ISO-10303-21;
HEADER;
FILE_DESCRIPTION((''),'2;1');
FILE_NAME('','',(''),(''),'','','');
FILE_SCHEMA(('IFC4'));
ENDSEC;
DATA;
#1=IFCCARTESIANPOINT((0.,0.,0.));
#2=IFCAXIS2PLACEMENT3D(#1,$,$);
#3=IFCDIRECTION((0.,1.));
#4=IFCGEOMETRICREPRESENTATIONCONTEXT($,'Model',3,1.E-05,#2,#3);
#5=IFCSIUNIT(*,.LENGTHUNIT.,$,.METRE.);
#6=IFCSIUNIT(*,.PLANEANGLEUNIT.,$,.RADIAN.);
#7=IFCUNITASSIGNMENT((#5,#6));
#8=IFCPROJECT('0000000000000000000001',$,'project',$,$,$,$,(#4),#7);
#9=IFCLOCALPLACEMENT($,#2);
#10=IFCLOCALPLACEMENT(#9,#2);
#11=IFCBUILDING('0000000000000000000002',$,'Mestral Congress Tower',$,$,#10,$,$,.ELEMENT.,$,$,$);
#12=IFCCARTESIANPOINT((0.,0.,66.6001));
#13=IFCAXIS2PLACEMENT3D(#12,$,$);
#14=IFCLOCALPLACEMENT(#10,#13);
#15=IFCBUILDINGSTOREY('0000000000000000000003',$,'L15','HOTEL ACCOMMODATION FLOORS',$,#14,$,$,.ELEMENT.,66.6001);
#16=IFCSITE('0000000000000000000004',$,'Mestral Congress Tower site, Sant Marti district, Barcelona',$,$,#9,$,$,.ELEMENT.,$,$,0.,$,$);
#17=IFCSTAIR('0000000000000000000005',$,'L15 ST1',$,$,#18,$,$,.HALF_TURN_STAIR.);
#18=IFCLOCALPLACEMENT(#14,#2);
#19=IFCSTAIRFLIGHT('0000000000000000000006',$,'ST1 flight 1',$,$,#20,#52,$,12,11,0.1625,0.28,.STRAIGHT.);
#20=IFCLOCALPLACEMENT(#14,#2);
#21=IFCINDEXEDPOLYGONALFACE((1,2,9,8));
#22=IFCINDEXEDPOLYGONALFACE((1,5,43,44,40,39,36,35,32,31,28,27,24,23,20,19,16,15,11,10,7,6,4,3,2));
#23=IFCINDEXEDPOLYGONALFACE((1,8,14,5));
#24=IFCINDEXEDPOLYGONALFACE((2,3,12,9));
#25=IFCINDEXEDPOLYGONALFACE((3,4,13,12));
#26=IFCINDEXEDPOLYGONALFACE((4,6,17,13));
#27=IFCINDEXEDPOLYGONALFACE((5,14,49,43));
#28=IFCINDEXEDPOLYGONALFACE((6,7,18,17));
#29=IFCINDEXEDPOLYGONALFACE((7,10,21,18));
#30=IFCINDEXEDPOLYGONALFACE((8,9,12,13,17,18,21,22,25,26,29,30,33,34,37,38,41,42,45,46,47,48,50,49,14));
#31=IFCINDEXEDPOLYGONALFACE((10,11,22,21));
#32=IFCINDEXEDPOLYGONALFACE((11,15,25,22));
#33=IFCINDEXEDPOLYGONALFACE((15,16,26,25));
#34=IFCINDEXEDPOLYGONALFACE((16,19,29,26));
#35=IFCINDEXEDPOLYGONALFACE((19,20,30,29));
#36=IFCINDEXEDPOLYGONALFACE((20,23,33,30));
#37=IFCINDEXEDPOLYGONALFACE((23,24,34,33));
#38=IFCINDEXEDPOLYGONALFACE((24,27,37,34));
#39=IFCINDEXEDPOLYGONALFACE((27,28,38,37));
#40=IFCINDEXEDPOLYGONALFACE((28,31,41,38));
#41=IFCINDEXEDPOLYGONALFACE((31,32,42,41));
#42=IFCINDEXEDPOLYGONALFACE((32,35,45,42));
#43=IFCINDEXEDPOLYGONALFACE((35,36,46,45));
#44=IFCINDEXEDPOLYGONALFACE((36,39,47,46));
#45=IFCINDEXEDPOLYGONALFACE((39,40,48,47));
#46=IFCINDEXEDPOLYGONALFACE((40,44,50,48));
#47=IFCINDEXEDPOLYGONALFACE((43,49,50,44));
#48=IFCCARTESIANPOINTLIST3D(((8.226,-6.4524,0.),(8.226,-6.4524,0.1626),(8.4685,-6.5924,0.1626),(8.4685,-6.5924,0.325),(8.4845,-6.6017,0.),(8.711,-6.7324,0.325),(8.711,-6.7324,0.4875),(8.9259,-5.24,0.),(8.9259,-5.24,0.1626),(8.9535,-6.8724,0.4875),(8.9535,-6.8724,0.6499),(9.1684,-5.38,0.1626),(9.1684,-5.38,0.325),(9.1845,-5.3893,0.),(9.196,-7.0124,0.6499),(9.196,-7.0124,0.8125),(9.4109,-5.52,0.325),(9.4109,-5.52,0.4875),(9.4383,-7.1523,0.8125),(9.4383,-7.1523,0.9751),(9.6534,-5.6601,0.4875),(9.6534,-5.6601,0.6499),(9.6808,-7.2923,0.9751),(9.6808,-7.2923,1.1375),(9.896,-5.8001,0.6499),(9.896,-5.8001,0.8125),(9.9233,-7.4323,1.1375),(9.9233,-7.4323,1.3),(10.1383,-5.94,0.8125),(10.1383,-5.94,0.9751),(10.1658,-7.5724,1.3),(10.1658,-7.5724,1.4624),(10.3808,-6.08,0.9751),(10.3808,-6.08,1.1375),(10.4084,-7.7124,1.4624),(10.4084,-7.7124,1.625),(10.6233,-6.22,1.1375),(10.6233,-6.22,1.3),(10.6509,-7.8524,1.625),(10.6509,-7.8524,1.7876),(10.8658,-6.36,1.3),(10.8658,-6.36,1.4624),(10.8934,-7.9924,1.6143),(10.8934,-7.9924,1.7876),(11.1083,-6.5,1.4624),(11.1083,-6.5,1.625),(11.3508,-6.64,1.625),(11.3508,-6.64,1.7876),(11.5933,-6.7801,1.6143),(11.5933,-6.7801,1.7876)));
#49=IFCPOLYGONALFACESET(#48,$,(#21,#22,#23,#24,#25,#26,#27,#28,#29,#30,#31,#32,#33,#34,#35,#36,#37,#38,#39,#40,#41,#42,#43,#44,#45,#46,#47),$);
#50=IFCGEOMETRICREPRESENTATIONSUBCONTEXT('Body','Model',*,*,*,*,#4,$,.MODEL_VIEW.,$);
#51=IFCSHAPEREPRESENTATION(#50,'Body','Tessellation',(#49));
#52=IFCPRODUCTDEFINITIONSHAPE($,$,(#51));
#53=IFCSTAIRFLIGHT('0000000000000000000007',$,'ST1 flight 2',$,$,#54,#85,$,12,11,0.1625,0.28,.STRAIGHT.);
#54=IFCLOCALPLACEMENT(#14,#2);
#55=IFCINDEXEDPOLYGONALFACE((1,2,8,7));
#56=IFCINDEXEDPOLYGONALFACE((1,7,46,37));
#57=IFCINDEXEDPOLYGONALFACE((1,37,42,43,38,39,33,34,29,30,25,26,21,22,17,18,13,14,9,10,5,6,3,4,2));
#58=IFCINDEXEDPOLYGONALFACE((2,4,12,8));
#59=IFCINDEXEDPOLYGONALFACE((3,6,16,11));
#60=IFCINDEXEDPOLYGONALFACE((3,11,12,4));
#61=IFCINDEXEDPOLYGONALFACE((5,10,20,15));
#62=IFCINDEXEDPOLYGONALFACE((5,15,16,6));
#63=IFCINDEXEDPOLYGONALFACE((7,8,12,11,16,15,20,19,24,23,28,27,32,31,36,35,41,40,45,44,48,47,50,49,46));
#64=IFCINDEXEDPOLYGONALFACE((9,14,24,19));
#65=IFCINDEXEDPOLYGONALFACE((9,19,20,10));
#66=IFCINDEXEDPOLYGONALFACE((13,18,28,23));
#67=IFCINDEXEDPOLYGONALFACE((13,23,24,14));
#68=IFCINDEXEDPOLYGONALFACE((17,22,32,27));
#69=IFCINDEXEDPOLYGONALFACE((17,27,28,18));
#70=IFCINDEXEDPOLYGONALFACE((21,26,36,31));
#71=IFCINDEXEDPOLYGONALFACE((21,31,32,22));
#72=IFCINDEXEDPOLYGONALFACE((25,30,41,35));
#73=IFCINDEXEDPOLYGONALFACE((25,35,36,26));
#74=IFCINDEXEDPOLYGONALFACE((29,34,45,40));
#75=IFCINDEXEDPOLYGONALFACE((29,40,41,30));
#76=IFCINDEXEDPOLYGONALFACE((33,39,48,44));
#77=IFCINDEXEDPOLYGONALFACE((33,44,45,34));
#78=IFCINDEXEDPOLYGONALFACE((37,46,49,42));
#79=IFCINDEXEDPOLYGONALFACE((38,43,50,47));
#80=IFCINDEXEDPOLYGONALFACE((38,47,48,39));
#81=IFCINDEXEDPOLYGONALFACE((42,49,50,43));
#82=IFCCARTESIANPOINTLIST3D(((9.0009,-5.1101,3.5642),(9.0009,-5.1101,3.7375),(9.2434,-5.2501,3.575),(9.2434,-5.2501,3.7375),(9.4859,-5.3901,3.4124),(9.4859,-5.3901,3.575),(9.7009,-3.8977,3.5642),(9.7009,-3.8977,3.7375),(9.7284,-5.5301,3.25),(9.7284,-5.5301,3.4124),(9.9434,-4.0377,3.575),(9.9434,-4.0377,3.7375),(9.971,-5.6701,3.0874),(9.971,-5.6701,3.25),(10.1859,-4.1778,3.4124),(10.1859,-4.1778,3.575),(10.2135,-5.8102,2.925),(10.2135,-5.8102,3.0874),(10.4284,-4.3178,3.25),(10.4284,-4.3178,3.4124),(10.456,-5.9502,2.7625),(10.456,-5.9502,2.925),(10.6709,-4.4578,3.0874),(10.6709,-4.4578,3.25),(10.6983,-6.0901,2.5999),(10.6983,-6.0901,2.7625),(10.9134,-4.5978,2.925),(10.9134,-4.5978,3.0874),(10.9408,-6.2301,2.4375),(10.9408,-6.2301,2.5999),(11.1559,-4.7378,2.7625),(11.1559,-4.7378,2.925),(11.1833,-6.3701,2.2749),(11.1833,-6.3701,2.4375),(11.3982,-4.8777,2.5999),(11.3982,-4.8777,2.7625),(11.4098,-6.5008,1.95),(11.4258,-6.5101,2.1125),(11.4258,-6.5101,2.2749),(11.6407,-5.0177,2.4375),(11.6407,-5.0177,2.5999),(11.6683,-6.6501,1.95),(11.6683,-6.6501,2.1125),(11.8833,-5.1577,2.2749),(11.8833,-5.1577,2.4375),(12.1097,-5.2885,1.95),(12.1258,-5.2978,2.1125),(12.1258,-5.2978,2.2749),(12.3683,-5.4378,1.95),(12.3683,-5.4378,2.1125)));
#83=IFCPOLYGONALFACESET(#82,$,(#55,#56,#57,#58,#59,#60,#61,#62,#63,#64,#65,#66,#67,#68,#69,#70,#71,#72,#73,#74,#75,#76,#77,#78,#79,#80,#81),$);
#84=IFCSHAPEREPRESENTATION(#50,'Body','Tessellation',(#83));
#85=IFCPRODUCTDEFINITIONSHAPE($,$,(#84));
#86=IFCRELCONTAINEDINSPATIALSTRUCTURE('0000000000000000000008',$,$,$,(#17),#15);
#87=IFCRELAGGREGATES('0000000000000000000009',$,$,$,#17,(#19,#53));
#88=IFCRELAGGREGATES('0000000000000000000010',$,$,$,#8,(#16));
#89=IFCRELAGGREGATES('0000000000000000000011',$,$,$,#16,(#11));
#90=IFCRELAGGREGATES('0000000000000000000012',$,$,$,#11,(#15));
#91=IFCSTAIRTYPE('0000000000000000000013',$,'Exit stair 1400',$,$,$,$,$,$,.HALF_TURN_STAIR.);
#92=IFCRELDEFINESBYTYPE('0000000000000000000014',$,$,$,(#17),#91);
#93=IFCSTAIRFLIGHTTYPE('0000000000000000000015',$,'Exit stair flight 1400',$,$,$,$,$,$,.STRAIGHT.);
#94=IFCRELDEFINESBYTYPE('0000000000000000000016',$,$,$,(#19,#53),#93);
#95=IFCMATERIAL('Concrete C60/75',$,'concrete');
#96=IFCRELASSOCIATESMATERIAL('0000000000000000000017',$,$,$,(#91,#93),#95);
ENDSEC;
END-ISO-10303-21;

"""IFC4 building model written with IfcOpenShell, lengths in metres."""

from ifc_helpers import new_model, si_unit, direction, frame, origin, place, context, subcontext, project, spatial, polyline, outline, extrude, material, type_object, element, aggregate, save


model = new_model("IFC4")

# Units and contexts
model_context = context("Model", 3, precision=1e-05, world=origin(), true_north=direction((0.0, 1.0)))
body_context = subcontext(model_context, "Body", "Model", "MODEL_VIEW")
ifc_project = project(units=[si_unit("LENGTHUNIT", "METRE"), si_unit("PLANEANGLEUNIT", "RADIAN")], contexts=[model_context])

# Site, building, storey
site_placement = place(None, origin())
site = spatial("IfcSite", under=ifc_project, at=site_placement, Name="Mestral Congress Tower site, Sant Marti district, Barcelona", CompositionType="ELEMENT", RefElevation=0.0)
building_placement = place(site_placement, origin())
building = spatial("IfcBuilding", under=site, at=building_placement, Name="Mestral Congress Tower", CompositionType="ELEMENT")
storey_placement = place(building_placement, frame((0.0, 0.0, 66.6001)))
storey = spatial("IfcBuildingStorey", under=building, at=storey_placement, Name="L15", Description="HOTEL ACCOMMODATION FLOORS", CompositionType="ELEMENT", Elevation=66.6001)

# Shared definitions
ifc_material_1 = material(Name="Concrete C60/75", Category="concrete")

# Stair, stair flights
stair_type = type_object("IfcStairType", Name="Exit stair 1400", PredefinedType="HALF_TURN_STAIR", material=ifc_material_1)
stair_placement = place(storey_placement, origin())
stair = element("IfcStair", 1, at=stair_placement, inside=storey, type_object=stair_type, Name="L15 ST1", PredefinedType="HALF_TURN_STAIR")
stair_flight_type = type_object("IfcStairFlightType", Name="Exit stair flight 1400", PredefinedType="STRAIGHT", material=ifc_material_1)
stair_flight_1_placement = place(storey_placement, frame((8.5759, -5.8462, 0.0), z_axis=(0.0, 0.0, 1.0), x_axis=(0.866025, -0.5, 0.0)))
stair_flight_1 = element("IfcStairFlight", 2, at=stair_flight_1_placement, type_object=stair_flight_type, Name="ST1 flight 1", NumberOfRisers=12, NumberOfTreads=11, PredefinedType="STRAIGHT", RiserHeight=0.1625, TreadLength=0.28, context=body_context, shape_type="SweptSolid", body=[
    extrude(outline(polyline([(0.0, 0.0), (0.0, 0.1626), (0.28, 0.1626), (0.28, 0.325), (0.5601, 0.325), (0.5601, 0.4875), (0.8401, 0.4875), (0.8401, 0.6499), (1.1201, 0.6499), (1.1201, 0.8125), (1.3999, 0.8125), (1.3999, 0.9751), (1.6799, 0.9751), (1.6799, 1.1375), (1.96, 1.1375), (1.96, 1.3), (2.24, 1.3), (2.24, 1.4624), (2.52, 1.4624), (2.52, 1.625), (2.8, 1.625), (2.8, 1.7876), (3.0801, 1.7876), (3.0801, 1.95), (3.0801, 1.6143), (0.2986, 0.0), (0.0, 0.0)])), frame((0.0, 0.7, 0.0), z_axis=(0.0, -1.0, 0.0), x_axis=(1.0, 0.0, 0.0)), (0.0, 0.0, 1.0), 1.3999),
])
stair_flight_2_placement = place(storey_placement, frame((12.0183, -6.0439, 1.95), z_axis=(0.0, 0.0, 1.0), x_axis=(-0.866025, 0.5, 0.0)))
stair_flight_2 = element("IfcStairFlight", 3, at=stair_flight_2_placement, type_object=stair_flight_type, Name="ST1 flight 2", NumberOfRisers=12, NumberOfTreads=11, PredefinedType="STRAIGHT", RiserHeight=0.1625, TreadLength=0.28, context=body_context, shape_type="SweptSolid", body=[
    extrude(outline(polyline([(0.0, 0.0), (0.0, 0.1626), (0.28, 0.1626), (0.28, 0.325), (0.5601, 0.325), (0.5601, 0.4875), (0.8401, 0.4875), (0.8401, 0.6499), (1.1201, 0.6499), (1.1201, 0.8125), (1.3999, 0.8125), (1.3999, 0.9751), (1.6799, 0.9751), (1.6799, 1.1375), (1.96, 1.1375), (1.96, 1.3), (2.24, 1.3), (2.24, 1.4624), (2.52, 1.4624), (2.52, 1.625), (2.8, 1.625), (2.8, 1.7876), (3.0801, 1.7876), (3.0801, 1.95), (3.0801, 1.6143), (0.2986, 0.0), (0.0, 0.0)])), frame((0.0, 0.7, 0.0), z_axis=(0.0, -1.0, 0.0), x_axis=(1.0, 0.0, 0.0)), (0.0, 0.0, 1.0), 1.3999),
])
aggregate(stair, [stair_flight_1, stair_flight_2])

save(model, "model.ifc")
